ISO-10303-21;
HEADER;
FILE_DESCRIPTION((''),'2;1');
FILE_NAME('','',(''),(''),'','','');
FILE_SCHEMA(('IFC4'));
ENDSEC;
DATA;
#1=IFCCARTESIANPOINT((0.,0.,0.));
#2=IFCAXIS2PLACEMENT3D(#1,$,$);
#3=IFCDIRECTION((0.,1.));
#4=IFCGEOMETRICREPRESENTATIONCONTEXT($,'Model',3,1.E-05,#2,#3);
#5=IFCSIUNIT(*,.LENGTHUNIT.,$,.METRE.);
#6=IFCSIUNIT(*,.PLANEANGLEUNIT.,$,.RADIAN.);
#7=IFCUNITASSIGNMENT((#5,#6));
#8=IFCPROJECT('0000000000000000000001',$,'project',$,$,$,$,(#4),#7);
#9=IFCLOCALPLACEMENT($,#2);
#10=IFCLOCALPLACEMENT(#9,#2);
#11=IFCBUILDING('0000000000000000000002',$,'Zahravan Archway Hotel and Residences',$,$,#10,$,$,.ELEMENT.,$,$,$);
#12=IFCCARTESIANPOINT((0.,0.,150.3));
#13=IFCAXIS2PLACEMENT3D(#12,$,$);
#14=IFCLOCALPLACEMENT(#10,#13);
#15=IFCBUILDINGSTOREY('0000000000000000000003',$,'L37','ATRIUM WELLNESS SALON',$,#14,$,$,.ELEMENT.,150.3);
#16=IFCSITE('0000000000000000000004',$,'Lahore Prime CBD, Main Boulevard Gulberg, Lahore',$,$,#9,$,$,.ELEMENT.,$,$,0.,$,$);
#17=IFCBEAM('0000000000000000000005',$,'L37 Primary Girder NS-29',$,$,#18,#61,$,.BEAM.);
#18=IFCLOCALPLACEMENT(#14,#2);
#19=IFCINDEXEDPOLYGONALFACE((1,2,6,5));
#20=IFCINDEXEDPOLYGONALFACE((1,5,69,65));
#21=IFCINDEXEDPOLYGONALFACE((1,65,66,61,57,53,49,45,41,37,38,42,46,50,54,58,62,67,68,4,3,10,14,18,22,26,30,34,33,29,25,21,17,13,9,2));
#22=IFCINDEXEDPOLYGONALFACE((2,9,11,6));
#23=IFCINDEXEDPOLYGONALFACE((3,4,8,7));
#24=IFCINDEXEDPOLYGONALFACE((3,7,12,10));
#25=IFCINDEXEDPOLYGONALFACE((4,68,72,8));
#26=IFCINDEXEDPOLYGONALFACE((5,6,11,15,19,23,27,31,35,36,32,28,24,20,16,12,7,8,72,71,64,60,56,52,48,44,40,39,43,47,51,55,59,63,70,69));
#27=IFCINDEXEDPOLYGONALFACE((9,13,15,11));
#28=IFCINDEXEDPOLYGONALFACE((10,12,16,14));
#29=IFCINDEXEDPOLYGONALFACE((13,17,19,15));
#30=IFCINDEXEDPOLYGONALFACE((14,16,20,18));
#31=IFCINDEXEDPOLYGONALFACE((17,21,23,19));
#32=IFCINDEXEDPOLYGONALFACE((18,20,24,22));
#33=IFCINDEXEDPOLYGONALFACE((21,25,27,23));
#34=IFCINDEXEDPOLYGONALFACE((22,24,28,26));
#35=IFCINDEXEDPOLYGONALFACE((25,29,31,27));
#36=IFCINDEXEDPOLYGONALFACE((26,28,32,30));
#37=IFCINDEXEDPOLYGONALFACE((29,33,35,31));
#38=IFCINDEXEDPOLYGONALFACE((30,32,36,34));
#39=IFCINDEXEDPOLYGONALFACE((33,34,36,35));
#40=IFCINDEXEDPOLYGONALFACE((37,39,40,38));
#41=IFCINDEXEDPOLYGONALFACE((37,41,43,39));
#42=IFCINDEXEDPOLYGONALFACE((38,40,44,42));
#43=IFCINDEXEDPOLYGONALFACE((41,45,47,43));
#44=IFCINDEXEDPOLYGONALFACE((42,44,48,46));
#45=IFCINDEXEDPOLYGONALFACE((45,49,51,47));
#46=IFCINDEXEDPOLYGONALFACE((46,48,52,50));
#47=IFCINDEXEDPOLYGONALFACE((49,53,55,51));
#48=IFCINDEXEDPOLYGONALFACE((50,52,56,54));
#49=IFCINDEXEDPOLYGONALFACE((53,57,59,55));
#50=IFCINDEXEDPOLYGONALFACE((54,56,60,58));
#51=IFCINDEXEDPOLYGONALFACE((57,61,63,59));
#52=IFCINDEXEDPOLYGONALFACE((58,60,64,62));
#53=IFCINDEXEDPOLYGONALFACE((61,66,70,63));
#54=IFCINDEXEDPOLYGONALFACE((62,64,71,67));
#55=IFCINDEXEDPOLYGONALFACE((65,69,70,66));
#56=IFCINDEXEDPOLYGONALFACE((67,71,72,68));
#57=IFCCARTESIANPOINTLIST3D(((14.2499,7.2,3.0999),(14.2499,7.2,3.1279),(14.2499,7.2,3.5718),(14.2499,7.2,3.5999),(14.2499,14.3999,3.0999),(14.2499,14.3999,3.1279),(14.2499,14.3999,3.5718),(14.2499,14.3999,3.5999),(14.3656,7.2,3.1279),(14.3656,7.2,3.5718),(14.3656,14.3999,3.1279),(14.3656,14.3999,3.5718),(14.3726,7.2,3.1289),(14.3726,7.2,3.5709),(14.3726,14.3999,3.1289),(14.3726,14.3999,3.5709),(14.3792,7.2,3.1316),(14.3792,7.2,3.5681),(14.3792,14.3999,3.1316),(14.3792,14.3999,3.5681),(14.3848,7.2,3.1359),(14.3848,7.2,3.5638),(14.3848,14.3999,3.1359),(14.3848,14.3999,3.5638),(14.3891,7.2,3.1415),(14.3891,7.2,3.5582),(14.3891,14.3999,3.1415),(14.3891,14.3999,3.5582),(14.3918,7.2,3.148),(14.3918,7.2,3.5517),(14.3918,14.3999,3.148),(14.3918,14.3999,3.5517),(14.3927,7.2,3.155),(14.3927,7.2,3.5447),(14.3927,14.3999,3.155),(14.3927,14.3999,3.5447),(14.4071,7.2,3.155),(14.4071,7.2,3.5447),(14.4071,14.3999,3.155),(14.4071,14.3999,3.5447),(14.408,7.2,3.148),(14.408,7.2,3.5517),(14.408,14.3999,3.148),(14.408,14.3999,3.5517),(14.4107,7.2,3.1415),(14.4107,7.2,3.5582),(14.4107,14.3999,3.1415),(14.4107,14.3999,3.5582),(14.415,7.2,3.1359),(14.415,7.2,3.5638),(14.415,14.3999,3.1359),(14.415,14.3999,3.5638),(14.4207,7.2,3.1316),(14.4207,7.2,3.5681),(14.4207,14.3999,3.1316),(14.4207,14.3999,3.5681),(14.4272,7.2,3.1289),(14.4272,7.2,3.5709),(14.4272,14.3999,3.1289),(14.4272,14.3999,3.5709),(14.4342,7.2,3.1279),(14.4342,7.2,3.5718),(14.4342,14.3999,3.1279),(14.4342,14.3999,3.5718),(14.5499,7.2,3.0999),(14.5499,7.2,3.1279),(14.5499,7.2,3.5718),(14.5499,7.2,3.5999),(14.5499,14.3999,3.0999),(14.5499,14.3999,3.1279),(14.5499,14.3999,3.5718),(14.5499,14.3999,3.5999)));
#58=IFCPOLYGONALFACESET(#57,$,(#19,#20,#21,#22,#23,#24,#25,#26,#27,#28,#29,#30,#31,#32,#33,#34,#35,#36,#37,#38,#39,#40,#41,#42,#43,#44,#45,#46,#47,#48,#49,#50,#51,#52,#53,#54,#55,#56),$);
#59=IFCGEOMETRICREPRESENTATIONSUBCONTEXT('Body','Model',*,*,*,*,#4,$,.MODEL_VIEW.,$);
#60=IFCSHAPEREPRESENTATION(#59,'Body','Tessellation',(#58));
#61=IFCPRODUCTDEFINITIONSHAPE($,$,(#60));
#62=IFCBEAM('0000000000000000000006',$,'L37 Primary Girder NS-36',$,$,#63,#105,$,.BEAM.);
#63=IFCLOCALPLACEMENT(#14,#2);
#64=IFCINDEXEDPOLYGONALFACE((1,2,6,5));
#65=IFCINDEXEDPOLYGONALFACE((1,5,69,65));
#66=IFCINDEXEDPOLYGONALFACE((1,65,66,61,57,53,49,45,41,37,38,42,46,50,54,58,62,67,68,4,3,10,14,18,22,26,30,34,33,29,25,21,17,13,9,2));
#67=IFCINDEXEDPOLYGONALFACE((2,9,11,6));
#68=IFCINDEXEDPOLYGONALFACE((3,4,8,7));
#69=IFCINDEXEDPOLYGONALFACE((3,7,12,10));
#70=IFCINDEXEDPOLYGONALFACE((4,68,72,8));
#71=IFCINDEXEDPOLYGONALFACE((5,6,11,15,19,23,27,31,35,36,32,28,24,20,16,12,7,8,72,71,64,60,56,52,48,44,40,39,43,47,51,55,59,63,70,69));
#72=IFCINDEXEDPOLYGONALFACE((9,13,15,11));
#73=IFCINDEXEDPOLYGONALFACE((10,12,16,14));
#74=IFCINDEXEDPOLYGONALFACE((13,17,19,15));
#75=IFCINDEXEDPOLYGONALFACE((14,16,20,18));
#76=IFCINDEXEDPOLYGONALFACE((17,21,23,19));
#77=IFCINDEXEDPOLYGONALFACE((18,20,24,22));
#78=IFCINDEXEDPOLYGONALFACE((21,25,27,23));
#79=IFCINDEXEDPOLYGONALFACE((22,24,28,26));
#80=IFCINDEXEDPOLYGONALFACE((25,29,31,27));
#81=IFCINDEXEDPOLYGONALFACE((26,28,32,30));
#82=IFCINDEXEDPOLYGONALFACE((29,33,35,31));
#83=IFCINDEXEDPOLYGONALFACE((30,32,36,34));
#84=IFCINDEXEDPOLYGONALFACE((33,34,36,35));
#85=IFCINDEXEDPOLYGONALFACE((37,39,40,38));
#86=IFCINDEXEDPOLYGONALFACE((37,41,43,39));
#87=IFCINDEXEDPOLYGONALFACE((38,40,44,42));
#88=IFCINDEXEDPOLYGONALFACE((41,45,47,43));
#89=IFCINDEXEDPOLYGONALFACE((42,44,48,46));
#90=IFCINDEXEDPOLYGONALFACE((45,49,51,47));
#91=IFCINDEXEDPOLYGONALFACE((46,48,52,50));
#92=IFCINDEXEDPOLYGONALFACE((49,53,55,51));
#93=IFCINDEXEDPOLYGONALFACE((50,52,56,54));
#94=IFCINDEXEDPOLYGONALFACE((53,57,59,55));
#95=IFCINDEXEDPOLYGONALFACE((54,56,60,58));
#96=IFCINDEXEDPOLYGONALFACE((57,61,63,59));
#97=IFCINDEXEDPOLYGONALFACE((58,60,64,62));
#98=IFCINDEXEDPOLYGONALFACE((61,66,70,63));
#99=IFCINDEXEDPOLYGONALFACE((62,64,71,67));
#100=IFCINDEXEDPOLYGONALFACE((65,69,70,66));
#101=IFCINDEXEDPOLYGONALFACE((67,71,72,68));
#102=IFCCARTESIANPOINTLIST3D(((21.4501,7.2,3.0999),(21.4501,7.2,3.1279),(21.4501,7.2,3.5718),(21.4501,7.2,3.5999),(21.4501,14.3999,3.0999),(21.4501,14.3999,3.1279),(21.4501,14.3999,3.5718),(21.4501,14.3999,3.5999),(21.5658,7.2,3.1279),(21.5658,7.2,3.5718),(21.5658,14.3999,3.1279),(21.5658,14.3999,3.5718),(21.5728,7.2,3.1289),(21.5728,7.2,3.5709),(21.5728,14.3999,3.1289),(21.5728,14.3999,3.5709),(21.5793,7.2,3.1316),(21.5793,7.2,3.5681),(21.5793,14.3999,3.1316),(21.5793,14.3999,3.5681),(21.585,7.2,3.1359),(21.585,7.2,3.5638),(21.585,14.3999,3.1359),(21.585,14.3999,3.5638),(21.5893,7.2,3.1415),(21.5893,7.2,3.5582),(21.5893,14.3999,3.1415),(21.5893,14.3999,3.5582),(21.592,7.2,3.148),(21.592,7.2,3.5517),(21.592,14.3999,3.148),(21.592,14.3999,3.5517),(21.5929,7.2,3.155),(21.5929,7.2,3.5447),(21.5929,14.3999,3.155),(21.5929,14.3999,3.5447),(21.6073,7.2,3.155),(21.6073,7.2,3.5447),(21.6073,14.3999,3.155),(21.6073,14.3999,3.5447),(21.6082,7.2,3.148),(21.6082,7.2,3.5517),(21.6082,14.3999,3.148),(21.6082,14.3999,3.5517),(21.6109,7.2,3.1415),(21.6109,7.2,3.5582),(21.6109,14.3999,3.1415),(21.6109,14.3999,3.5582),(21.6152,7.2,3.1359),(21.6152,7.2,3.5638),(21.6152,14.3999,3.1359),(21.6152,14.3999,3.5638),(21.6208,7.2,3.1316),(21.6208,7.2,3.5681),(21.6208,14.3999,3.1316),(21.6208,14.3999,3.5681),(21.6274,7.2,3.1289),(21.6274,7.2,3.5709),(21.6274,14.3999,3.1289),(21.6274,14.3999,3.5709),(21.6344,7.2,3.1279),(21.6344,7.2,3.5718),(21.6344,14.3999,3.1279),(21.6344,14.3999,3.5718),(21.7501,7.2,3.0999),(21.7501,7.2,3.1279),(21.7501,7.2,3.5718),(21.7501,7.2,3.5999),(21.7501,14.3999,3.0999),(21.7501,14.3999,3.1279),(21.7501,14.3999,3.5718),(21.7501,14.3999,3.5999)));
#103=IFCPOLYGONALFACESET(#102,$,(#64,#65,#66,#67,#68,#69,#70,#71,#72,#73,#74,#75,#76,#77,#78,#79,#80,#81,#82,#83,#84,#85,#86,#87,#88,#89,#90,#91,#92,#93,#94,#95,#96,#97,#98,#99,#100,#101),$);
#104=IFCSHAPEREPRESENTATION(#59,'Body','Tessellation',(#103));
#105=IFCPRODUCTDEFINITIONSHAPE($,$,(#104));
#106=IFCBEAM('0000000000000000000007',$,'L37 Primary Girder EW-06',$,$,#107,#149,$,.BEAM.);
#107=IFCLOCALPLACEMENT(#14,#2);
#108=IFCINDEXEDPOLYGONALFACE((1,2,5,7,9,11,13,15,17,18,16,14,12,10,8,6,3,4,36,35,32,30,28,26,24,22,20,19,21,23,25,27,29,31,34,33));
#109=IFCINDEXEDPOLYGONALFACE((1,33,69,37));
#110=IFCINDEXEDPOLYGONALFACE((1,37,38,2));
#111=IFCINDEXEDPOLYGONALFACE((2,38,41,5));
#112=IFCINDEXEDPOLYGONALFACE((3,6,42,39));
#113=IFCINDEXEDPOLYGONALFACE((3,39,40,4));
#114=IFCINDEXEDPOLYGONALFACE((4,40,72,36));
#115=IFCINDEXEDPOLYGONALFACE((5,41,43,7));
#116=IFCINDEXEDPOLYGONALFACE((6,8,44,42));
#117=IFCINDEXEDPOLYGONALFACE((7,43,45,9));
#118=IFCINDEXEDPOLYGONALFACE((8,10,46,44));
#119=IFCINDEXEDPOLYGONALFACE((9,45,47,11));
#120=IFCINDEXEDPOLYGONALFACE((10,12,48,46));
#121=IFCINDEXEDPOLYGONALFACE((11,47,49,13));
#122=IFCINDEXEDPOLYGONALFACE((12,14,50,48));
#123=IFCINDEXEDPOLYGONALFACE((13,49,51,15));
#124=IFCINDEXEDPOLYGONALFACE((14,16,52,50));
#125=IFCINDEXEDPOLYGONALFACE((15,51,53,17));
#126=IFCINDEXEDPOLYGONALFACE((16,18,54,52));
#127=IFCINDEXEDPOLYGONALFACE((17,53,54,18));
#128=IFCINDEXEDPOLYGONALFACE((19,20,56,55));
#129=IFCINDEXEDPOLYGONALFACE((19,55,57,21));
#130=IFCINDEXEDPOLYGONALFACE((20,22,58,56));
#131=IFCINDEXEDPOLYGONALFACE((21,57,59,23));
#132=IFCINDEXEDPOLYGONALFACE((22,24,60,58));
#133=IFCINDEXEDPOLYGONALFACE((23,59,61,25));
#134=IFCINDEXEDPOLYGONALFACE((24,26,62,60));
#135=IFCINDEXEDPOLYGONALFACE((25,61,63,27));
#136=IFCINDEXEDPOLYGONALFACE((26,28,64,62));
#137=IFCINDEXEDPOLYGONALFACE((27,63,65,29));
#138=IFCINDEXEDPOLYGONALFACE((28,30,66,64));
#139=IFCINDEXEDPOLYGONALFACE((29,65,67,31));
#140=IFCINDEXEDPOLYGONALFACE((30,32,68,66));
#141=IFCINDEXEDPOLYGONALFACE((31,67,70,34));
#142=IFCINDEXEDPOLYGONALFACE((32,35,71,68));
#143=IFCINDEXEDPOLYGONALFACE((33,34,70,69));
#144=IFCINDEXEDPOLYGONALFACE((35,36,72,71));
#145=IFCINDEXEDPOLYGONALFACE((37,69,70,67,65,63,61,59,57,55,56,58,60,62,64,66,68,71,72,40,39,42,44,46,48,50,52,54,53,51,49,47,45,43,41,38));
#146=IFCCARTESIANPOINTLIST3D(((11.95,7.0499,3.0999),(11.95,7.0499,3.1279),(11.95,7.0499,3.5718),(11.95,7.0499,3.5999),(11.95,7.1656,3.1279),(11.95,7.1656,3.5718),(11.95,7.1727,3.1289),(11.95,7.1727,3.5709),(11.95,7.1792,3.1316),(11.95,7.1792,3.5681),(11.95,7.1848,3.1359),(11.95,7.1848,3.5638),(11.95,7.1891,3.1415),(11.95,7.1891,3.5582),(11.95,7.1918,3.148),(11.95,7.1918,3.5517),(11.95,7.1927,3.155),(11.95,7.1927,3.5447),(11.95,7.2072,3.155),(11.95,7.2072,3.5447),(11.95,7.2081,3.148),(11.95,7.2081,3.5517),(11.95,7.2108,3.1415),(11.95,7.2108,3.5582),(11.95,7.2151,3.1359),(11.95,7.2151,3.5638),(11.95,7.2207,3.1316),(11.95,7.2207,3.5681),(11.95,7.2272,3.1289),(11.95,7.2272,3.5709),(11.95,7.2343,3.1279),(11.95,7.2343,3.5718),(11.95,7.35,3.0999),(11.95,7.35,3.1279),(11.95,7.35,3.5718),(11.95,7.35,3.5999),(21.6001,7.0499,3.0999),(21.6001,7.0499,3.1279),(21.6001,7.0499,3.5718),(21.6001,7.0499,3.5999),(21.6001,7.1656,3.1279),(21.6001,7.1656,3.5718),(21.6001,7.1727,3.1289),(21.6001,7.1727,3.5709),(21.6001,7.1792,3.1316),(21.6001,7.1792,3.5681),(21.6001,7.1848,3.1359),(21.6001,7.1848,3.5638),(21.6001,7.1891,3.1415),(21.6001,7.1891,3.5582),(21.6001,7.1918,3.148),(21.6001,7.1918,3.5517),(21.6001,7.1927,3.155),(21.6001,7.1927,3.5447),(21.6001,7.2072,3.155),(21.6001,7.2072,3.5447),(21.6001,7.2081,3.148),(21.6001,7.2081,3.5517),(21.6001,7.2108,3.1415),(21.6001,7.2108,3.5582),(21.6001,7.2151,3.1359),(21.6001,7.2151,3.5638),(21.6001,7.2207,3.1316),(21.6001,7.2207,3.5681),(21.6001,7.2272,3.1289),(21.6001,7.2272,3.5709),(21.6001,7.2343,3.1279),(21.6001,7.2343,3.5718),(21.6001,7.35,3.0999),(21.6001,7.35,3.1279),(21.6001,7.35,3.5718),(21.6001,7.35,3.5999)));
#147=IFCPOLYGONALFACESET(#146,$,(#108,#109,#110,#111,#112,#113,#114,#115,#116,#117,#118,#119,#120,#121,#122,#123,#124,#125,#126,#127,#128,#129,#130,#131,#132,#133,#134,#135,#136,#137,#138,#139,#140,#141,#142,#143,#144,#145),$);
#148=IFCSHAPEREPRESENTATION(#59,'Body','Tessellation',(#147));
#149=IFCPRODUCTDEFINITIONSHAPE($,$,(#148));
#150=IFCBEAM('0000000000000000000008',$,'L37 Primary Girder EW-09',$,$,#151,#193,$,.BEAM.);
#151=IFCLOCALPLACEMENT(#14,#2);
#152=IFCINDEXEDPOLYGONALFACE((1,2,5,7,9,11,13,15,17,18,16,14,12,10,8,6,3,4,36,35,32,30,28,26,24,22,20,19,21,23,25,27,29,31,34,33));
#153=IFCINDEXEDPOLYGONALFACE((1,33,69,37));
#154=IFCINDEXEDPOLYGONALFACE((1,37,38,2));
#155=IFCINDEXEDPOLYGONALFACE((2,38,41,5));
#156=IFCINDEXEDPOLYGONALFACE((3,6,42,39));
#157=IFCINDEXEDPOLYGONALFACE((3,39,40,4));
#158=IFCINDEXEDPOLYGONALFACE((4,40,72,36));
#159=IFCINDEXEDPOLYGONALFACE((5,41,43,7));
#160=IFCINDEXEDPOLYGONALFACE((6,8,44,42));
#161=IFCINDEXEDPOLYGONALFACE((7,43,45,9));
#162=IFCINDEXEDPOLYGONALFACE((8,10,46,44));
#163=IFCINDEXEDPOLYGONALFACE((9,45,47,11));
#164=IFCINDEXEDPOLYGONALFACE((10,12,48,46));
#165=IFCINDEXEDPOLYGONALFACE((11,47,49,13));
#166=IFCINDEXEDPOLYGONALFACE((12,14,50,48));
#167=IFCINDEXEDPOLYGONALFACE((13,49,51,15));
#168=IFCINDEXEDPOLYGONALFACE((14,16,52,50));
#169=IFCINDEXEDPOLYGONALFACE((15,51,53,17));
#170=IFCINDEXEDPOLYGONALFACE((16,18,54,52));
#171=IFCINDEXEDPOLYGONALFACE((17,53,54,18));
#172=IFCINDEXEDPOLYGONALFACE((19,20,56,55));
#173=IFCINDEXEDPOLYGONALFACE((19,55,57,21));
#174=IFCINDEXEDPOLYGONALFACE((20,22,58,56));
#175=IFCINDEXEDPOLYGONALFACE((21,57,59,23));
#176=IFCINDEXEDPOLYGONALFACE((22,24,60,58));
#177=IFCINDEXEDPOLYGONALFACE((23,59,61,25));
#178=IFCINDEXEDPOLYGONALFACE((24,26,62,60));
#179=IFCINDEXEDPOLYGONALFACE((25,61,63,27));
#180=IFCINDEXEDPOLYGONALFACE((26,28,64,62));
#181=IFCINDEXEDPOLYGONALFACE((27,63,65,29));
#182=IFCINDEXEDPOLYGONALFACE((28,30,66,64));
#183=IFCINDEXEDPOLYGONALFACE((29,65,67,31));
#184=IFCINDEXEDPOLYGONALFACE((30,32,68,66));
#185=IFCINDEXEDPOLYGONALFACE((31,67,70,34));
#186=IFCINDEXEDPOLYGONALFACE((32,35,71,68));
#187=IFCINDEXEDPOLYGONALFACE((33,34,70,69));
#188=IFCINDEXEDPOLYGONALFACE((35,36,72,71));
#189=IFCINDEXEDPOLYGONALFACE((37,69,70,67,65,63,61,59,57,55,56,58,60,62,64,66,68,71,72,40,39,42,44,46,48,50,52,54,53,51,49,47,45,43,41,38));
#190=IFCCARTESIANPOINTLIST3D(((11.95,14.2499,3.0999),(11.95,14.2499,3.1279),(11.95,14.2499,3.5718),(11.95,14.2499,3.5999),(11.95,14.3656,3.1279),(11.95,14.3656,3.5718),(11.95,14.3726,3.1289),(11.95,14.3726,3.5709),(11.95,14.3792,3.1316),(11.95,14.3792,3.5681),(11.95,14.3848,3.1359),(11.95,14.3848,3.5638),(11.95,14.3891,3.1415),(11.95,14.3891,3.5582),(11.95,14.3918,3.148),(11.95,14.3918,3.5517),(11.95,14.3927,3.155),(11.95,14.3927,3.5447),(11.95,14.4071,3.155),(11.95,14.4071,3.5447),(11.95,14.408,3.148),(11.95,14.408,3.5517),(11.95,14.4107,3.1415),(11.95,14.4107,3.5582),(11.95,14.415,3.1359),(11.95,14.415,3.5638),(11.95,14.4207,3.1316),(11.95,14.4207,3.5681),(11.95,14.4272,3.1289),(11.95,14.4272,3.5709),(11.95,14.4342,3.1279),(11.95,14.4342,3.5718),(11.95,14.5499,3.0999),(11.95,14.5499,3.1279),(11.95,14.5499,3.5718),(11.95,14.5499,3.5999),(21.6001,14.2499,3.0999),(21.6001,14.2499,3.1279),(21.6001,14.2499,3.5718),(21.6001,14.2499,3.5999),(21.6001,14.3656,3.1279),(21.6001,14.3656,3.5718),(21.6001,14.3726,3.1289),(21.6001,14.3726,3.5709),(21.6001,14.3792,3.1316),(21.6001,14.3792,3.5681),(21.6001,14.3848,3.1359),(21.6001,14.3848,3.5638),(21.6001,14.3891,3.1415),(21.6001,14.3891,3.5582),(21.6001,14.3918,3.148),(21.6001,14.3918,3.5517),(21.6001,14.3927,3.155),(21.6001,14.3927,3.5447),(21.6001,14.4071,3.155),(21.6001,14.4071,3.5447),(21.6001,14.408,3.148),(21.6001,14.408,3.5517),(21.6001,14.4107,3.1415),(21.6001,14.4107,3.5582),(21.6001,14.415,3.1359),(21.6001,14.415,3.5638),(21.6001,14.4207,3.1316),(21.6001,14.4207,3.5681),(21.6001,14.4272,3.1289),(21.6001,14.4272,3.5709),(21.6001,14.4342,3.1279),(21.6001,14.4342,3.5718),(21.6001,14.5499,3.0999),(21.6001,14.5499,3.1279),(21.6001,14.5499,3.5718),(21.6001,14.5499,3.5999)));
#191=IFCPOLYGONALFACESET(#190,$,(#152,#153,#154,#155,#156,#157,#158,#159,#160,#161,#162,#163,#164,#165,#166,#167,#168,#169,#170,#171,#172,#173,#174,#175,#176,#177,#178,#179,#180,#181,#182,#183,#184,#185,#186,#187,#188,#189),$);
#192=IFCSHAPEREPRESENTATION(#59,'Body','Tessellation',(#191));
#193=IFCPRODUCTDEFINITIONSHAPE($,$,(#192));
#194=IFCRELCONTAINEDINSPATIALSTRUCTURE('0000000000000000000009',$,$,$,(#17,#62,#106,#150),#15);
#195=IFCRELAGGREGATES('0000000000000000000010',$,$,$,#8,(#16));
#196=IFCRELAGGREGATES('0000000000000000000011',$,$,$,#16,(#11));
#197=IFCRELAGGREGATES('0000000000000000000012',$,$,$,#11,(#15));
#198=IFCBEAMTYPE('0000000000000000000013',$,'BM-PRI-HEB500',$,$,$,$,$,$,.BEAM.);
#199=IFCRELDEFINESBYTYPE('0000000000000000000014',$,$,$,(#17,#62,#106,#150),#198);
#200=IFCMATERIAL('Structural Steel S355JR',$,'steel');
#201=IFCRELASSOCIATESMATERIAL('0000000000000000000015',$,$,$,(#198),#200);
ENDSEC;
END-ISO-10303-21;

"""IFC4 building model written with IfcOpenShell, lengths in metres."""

from ifc_helpers import new_model, si_unit, direction, frame, origin, origin_2d, place, context, subcontext, project, spatial, i_section, extrude, source, transform, mapped, material, material_profile, profile_set, type_object, element, save


model = new_model("IFC4")

# Units and contexts
model_context = context("Model", 3, precision=1e-05, world=origin(), true_north=direction((0.0, 1.0)))
body_context = subcontext(model_context, "Body", "Model", "MODEL_VIEW")
ifc_project = project(units=[si_unit("LENGTHUNIT", "METRE"), si_unit("PLANEANGLEUNIT", "RADIAN")], contexts=[model_context])

# Site, building, storey
site_placement = place(None, origin())
site = spatial("IfcSite", under=ifc_project, at=site_placement, Name="Lahore Prime CBD, Main Boulevard Gulberg, Lahore", CompositionType="ELEMENT", RefElevation=0.0)
building_placement = place(site_placement, origin())
building = spatial("IfcBuilding", under=site, at=building_placement, Name="Zahravan Archway Hotel and Residences", CompositionType="ELEMENT")
storey_placement = place(building_placement, frame((0.0, 0.0, 150.3)))
storey = spatial("IfcBuildingStorey", under=building, at=storey_placement, Name="L37", Description="ATRIUM WELLNESS SALON", CompositionType="ELEMENT", Elevation=150.3)

# Beams
ifc_material_1 = material(Name="Structural Steel S355JR", Category="steel")
ifc_material_profile_1 = material_profile(ifc_material_1, i_section(OverallWidth=0.3, OverallDepth=0.5, WebThickness=0.0144, FlangeThickness=0.0281, FilletRadius=0.0271, at=origin_2d()), Name="HEB 500", Category="steel")
ifc_profile_set_1 = profile_set([ifc_material_profile_1], Name="Structural Steel S355JR")
beam_type_1 = type_object("IfcBeamType", Name="BM-PRI-HEB500", PredefinedType="BEAM", material=ifc_profile_set_1)
shared_shape_1 = source(origin(), body_context, "Body", "SweptSolid", [
    extrude(i_section(OverallWidth=0.3, OverallDepth=0.5, WebThickness=0.0144, FlangeThickness=0.0281, FilletRadius=0.0271, at=origin_2d()), origin(), (0.0, 0.0, 1.0), 7.2),
])
for number, where, z_axis, x_axis, name in (
    (1, (14.3999, 7.2, 3.3499), (0.0, 1.0, 0.0), (-1.0, 0.0, 0.0), "L37 Primary Girder NS-29"),
    (2, (21.6001, 7.2, 3.3499), (0.0, 1.0, 0.0), (-1.0, 0.0, 0.0), "L37 Primary Girder NS-36"),
):
    element("IfcBeam", number, at=place(storey_placement, frame(where, z_axis=z_axis, x_axis=x_axis)), inside=storey, type_object=beam_type_1, Name=name, PredefinedType="BEAM", context=body_context, shape_type="MappedRepresentation", body=[
        mapped(shared_shape_1, transform((0.0, 0.0, 0.0), scale=1.0)),
    ])
shared_shape_2 = source(origin(), body_context, "Body", "SweptSolid", [
    extrude(i_section(OverallWidth=0.3, OverallDepth=0.5, WebThickness=0.0144, FlangeThickness=0.0281, FilletRadius=0.0271, at=origin_2d()), origin(), (0.0, 0.0, 1.0), 9.6501),
])
for number, where, z_axis, x_axis, name in (
    (3, (11.95, 7.2, 3.3499), (1.0, 0.0, 0.0), (0.0, 1.0, 0.0), "L37 Primary Girder EW-06"),
    (4, (11.95, 14.3999, 3.3499), (1.0, 0.0, 0.0), (0.0, 1.0, 0.0), "L37 Primary Girder EW-09"),
):
    element("IfcBeam", number, at=place(storey_placement, frame(where, z_axis=z_axis, x_axis=x_axis)), inside=storey, type_object=beam_type_1, Name=name, PredefinedType="BEAM", context=body_context, shape_type="MappedRepresentation", body=[
        mapped(shared_shape_2, transform((0.0, 0.0, 0.0), scale=1.0)),
    ])

save(model, "model.ifc")
